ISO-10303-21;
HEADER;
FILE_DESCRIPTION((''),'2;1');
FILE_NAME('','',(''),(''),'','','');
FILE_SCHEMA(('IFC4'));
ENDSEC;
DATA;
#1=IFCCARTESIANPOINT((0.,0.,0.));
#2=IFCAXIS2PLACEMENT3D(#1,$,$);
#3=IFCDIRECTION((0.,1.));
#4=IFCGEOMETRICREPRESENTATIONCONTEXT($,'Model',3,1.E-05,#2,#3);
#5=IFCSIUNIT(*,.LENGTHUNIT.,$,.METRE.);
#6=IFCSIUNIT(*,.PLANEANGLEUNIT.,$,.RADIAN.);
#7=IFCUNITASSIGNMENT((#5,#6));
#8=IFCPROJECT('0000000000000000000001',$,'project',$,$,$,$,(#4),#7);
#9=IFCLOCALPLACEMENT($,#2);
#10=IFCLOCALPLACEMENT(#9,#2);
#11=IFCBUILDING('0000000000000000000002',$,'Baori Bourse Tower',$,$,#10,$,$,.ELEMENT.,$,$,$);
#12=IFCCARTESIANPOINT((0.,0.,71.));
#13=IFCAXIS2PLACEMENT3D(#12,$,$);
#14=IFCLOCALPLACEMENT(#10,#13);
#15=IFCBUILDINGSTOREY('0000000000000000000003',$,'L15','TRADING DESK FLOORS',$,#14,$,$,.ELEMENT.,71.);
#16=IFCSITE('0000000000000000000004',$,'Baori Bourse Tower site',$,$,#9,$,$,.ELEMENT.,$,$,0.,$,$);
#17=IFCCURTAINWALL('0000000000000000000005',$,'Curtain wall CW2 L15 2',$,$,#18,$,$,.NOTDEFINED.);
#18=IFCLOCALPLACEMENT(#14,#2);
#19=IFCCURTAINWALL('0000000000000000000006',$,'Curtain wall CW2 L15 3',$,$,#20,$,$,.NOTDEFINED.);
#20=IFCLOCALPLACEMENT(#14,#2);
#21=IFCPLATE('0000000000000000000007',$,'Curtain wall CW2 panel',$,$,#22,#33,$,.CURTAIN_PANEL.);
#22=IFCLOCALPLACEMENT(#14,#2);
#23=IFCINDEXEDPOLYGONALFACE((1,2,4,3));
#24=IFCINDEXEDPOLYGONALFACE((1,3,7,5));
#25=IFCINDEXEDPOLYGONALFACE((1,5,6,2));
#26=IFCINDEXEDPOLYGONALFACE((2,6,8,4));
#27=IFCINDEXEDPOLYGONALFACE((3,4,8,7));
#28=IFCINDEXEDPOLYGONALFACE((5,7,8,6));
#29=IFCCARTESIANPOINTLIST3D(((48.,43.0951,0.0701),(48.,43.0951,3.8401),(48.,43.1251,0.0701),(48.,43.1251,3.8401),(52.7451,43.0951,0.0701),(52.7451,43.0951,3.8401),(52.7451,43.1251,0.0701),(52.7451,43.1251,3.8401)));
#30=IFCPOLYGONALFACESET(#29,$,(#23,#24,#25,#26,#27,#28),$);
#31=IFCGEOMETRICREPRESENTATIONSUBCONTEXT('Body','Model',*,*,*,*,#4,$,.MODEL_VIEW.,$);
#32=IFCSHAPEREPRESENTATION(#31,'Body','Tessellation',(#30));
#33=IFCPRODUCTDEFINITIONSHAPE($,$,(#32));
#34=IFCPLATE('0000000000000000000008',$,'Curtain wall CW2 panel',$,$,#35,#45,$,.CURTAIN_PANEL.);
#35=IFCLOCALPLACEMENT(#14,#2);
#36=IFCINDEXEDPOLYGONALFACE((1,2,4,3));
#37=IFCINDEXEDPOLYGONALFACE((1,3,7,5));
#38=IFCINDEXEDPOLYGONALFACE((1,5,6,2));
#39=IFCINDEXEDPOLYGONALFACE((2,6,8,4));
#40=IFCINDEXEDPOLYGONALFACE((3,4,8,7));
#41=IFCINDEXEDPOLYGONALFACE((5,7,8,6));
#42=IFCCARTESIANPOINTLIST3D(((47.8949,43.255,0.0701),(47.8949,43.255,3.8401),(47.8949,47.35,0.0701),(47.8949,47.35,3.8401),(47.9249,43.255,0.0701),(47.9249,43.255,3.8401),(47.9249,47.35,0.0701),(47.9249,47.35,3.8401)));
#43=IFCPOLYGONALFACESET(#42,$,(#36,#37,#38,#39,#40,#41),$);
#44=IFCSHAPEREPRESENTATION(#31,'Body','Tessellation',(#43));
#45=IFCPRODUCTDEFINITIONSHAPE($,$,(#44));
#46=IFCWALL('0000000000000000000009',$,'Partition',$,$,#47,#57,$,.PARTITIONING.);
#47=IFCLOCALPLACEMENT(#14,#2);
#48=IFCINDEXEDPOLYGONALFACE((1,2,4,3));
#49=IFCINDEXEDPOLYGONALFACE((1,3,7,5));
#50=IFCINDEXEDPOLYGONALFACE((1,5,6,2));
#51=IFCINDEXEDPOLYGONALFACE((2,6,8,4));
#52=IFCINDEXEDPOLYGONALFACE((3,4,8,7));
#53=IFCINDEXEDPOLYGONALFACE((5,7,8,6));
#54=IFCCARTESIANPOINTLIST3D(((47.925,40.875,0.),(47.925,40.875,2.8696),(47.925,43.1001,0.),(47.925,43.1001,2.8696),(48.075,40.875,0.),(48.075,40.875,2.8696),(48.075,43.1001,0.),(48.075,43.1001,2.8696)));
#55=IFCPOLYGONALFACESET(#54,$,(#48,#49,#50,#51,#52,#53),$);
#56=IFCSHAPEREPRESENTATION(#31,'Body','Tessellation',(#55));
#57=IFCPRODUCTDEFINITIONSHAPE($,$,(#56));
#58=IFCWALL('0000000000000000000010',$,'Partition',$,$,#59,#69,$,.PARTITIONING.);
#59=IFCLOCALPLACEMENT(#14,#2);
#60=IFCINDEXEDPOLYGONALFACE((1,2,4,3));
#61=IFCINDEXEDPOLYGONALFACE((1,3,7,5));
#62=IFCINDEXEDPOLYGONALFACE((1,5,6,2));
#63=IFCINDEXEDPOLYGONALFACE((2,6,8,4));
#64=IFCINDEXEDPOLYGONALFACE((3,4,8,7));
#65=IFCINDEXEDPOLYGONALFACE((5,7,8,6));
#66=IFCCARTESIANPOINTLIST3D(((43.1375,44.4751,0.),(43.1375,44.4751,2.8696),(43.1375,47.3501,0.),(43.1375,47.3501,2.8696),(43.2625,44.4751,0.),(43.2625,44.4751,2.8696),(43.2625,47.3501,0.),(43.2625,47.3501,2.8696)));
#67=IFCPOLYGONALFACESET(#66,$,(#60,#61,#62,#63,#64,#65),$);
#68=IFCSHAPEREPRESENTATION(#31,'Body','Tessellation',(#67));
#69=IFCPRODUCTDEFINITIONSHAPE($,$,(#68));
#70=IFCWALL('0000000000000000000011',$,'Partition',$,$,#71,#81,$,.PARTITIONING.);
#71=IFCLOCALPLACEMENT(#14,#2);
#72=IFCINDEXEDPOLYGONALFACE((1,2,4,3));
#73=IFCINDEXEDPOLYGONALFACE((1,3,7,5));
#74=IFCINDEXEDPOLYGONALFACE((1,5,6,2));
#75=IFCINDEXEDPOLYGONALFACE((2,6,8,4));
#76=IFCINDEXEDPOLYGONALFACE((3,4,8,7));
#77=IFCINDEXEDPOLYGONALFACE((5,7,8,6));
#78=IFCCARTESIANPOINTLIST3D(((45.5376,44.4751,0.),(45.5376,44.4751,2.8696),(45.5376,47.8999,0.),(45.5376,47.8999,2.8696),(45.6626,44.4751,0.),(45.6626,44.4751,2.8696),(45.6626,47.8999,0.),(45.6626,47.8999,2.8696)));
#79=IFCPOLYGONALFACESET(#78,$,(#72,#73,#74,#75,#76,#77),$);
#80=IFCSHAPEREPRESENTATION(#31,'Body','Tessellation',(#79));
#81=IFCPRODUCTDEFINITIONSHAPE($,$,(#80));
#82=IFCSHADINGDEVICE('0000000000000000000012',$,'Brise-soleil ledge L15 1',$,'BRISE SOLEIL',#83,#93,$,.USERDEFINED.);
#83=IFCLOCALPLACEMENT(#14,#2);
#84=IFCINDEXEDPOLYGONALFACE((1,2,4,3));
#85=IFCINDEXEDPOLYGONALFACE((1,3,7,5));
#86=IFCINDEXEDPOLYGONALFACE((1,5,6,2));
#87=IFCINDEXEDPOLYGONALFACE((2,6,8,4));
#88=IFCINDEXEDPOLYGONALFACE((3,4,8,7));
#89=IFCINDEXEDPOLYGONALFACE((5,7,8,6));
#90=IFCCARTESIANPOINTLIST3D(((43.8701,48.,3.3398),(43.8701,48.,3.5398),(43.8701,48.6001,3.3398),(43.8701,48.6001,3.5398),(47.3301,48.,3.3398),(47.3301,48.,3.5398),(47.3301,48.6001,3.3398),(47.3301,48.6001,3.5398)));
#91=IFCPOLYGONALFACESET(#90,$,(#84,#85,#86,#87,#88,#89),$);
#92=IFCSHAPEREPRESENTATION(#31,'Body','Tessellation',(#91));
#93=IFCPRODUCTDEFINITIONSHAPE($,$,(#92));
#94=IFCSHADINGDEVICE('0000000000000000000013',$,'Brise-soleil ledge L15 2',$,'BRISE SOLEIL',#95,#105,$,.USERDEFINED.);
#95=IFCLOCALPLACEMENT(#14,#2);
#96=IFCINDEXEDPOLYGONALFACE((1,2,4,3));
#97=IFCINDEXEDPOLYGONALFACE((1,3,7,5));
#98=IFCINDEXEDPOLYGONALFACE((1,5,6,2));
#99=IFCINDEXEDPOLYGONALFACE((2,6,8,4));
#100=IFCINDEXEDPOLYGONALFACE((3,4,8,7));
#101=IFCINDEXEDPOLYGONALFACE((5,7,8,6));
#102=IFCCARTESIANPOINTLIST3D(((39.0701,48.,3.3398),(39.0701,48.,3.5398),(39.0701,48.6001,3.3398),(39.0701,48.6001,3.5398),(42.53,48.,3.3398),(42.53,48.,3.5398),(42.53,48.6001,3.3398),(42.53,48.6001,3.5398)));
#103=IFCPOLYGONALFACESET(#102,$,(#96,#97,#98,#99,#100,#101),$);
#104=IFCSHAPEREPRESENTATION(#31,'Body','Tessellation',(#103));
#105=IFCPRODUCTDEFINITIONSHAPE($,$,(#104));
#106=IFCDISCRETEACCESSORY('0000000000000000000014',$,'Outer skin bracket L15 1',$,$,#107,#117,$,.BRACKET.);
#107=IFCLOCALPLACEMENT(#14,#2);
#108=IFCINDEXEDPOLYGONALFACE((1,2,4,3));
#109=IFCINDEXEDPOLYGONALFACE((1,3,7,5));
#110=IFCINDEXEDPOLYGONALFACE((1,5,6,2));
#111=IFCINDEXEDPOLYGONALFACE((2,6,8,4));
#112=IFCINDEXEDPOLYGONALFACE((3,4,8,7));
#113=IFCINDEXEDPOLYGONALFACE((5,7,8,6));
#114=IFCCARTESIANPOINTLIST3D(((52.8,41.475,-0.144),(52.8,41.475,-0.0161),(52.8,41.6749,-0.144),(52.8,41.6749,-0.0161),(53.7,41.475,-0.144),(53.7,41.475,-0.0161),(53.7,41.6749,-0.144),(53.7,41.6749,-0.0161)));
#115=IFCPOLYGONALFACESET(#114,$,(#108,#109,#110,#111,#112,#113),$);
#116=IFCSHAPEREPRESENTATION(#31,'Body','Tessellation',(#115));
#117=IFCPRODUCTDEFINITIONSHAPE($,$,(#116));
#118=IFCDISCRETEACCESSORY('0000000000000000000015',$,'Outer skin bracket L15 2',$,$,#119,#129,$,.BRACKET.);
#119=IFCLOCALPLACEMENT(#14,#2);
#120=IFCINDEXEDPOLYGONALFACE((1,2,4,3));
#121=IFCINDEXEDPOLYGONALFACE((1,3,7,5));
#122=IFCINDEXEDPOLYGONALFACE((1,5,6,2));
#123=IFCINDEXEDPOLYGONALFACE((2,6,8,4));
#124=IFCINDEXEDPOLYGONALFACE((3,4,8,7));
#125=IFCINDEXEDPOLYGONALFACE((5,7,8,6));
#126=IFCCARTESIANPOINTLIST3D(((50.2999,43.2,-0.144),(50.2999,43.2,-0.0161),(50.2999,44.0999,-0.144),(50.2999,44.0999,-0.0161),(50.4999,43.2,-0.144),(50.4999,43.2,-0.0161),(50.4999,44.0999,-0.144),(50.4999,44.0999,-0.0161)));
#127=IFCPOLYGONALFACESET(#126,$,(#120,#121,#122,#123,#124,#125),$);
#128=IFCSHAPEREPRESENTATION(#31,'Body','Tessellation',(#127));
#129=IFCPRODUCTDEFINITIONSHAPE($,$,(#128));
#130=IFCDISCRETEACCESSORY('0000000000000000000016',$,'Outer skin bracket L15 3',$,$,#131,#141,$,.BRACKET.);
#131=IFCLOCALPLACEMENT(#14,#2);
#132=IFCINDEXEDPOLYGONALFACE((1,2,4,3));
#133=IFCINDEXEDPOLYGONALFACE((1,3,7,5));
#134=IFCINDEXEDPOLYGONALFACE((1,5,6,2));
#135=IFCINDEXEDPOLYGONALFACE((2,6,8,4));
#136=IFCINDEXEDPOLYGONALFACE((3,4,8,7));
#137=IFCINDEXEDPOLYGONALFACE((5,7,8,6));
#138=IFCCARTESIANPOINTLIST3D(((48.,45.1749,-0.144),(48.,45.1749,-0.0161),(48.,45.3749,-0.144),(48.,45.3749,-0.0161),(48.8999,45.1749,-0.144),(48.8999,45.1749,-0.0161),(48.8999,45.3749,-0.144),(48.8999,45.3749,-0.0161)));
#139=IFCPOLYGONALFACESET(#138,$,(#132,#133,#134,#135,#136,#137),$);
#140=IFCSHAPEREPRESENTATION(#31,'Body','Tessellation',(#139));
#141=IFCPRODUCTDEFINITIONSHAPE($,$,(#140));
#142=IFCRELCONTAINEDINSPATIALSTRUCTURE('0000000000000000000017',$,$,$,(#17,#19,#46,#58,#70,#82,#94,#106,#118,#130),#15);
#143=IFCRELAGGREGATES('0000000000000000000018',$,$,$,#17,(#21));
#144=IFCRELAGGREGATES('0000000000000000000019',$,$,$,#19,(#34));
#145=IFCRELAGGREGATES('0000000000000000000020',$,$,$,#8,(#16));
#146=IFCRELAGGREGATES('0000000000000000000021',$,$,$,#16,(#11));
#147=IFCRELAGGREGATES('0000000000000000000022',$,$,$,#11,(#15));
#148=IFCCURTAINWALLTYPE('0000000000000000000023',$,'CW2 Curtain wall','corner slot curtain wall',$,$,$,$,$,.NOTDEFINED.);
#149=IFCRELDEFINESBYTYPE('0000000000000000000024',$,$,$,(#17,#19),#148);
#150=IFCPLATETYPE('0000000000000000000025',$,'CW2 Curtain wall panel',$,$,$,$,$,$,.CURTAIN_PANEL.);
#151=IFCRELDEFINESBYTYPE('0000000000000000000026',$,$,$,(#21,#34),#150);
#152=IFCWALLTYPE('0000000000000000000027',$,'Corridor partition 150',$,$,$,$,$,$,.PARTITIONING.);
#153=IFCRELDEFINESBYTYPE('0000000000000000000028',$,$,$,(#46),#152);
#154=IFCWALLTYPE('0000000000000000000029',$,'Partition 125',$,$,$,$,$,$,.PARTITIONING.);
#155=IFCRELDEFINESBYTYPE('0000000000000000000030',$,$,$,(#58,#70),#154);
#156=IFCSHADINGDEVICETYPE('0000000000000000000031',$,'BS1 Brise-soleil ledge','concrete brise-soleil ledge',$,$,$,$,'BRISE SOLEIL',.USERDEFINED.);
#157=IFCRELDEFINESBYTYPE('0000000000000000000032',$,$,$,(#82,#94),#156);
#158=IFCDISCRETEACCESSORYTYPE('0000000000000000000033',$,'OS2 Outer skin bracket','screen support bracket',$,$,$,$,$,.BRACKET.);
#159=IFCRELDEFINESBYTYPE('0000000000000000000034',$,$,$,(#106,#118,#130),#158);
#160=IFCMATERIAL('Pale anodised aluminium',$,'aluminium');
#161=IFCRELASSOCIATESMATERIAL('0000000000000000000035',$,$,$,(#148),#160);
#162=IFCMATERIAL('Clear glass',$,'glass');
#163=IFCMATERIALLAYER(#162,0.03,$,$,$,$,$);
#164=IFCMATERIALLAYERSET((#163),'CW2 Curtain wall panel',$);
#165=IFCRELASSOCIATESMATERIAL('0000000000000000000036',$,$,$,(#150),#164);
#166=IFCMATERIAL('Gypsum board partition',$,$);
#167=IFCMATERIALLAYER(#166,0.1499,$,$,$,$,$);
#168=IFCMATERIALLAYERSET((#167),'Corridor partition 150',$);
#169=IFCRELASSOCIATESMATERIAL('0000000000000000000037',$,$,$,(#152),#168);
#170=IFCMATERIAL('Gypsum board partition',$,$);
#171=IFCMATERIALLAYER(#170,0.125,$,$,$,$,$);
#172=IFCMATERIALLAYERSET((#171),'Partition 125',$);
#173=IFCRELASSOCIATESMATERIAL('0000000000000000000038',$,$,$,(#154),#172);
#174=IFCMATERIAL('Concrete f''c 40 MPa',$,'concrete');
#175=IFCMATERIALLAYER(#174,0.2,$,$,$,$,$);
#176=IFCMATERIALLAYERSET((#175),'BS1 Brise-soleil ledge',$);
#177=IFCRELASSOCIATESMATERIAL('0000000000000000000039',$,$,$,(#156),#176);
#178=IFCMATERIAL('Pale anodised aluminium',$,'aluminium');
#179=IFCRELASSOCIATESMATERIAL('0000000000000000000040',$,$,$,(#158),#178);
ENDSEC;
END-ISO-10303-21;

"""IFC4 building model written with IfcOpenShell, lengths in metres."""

from ifc_helpers import new_model, si_unit, direction, frame, frame_2d, origin, origin_2d, place, context, subcontext, project, spatial, rectangle, extrude, material, layer, layer_set, type_object, element, aggregate, save


model = new_model("IFC4")

# Units and contexts
model_context = context("Model", 3, precision=1e-05, world=origin(), true_north=direction((0.0, 1.0)))
body_context = subcontext(model_context, "Body", "Model", "MODEL_VIEW")
ifc_project = project(units=[si_unit("LENGTHUNIT", "METRE"), si_unit("PLANEANGLEUNIT", "RADIAN")], contexts=[model_context])

# Site, building, storey
site_placement = place(None, origin())
site = spatial("IfcSite", under=ifc_project, at=site_placement, Name="Baori Bourse Tower site", CompositionType="ELEMENT", RefElevation=0.0)
building_placement = place(site_placement, origin())
building = spatial("IfcBuilding", under=site, at=building_placement, Name="Baori Bourse Tower", CompositionType="ELEMENT")
storey_placement = place(building_placement, frame((0.0, 0.0, 71.0)))
storey = spatial("IfcBuildingStorey", under=building, at=storey_placement, Name="L15", Description="TRADING DESK FLOORS", CompositionType="ELEMENT", Elevation=71.0)

# Curtain walls
ifc_material_1 = material(Name="Pale anodised aluminium", Category="aluminium")
curtain_wall_type_1 = type_object("IfcCurtainWallType", Name="CW2 Curtain wall", Description="corner slot curtain wall", PredefinedType="NOTDEFINED", material=ifc_material_1)
curtain_wall_1_placement = place(storey_placement, origin())
curtain_wall_1 = element("IfcCurtainWall", 1, at=curtain_wall_1_placement, inside=storey, type_object=curtain_wall_type_1, Name="Curtain wall CW2 L15 2", PredefinedType="NOTDEFINED")
curtain_wall_2_placement = place(storey_placement, origin())
curtain_wall_2 = element("IfcCurtainWall", 2, at=curtain_wall_2_placement, inside=storey, type_object=curtain_wall_type_1, Name="Curtain wall CW2 L15 3", PredefinedType="NOTDEFINED")

# Plates
ifc_material_2 = material(Name="Clear glass", Category="glass")
ifc_layer_1 = layer(ifc_material_2, 0.03)
ifc_layer_set_1 = layer_set([ifc_layer_1], Name="CW2 Curtain wall panel")
plate_type_1 = type_object("IfcPlateType", Name="CW2 Curtain wall panel", PredefinedType="CURTAIN_PANEL", material=ifc_layer_set_1)
plate_1_placement = place(storey_placement, frame((50.3726, 43.1101, 0.0701), z_axis=(0.0, 0.0, 1.0), x_axis=(-1.0, 0.0, 0.0)))
plate_1 = element("IfcPlate", 3, at=plate_1_placement, type_object=plate_type_1, Name="Curtain wall CW2 panel", PredefinedType="CURTAIN_PANEL", context=body_context, shape_type="SweptSolid", body=[
    extrude(rectangle(XDim=4.7451, YDim=0.03, at=origin_2d()), origin(), (0.0, 0.0, 1.0), 3.77),
])
aggregate(curtain_wall_1, [plate_1])
plate_2_placement = place(storey_placement, frame((47.9099, 45.3025, 0.0701), z_axis=(0.0, 0.0, 1.0), x_axis=(0.0, 1.0, 0.0)))
plate_2 = element("IfcPlate", 4, at=plate_2_placement, type_object=plate_type_1, Name="Curtain wall CW2 panel", PredefinedType="CURTAIN_PANEL", context=body_context, shape_type="SweptSolid", body=[
    extrude(rectangle(XDim=4.095, YDim=0.03, at=origin_2d()), origin(), (0.0, 0.0, 1.0), 3.77),
])
aggregate(curtain_wall_2, [plate_2])

# Walls
ifc_material_3 = material(Name="Gypsum board partition")
ifc_layer_2 = layer(ifc_material_3, 0.1499)
ifc_layer_set_2 = layer_set([ifc_layer_2], Name="Corridor partition 150")
wall_type_1 = type_object("IfcWallType", Name="Corridor partition 150", PredefinedType="PARTITIONING", material=ifc_layer_set_2)
wall_1_placement = place(storey_placement, frame((48.0, 40.875, 0.0), z_axis=(0.0, 0.0, 1.0), x_axis=(0.0, 1.0, 0.0)))
element("IfcWall", 5, at=wall_1_placement, inside=storey, type_object=wall_type_1, Name="Partition", PredefinedType="PARTITIONING", context=body_context, shape_type="SweptSolid", body=[
    extrude(rectangle(XDim=2.2251, YDim=0.1499, at=frame_2d((1.1125, 0.0))), origin(), (0.0, 0.0, 1.0), 2.8696),
])
ifc_material_4 = material(Name="Gypsum board partition")
ifc_layer_3 = layer(ifc_material_4, 0.125)
ifc_layer_set_3 = layer_set([ifc_layer_3], Name="Partition 125")
wall_type_2 = type_object("IfcWallType", Name="Partition 125", PredefinedType="PARTITIONING", material=ifc_layer_set_3)
wall_2_placement = place(storey_placement, frame((43.2, 44.4751, 0.0), z_axis=(0.0, 0.0, 1.0), x_axis=(0.0, 1.0, 0.0)))
element("IfcWall", 6, at=wall_2_placement, inside=storey, type_object=wall_type_2, Name="Partition", PredefinedType="PARTITIONING", context=body_context, shape_type="SweptSolid", body=[
    extrude(rectangle(XDim=2.875, YDim=0.125, at=frame_2d((1.4375, 0.0))), origin(), (0.0, 0.0, 1.0), 2.8696),
])
wall_3_placement = place(storey_placement, frame((45.6001, 44.4751, 0.0), z_axis=(0.0, 0.0, 1.0), x_axis=(0.0, 1.0, 0.0)))
element("IfcWall", 7, at=wall_3_placement, inside=storey, type_object=wall_type_2, Name="Partition", PredefinedType="PARTITIONING", context=body_context, shape_type="SweptSolid", body=[
    extrude(rectangle(XDim=3.4248, YDim=0.125, at=frame_2d((1.7124, 0.0))), origin(), (0.0, 0.0, 1.0), 2.8696),
])

# Shading devices
ifc_material_5 = material(Name="Concrete f'c 40 MPa", Category="concrete")
ifc_layer_4 = layer(ifc_material_5, 0.2)
ifc_layer_set_4 = layer_set([ifc_layer_4], Name="BS1 Brise-soleil ledge")
shading_device_type = type_object("IfcShadingDeviceType", Name="BS1 Brise-soleil ledge", Description="concrete brise-soleil ledge", ElementType="BRISE SOLEIL", PredefinedType="USERDEFINED", material=ifc_layer_set_4)
for number, where, z_axis, x_axis, name in (
    (8, (45.6001, 48.3, 3.3398), (0.0, 0.0, 1.0), (-1.0, 0.0, 0.0), "Brise-soleil ledge L15 1"),
    (9, (40.8, 48.3, 3.3398), (0.0, 0.0, 1.0), (-1.0, 0.0, 0.0), "Brise-soleil ledge L15 2"),
):
    element("IfcShadingDevice", number, at=place(storey_placement, frame(where, z_axis=z_axis, x_axis=x_axis)), inside=storey, type_object=shading_device_type, Name=name, ObjectType="BRISE SOLEIL", PredefinedType="USERDEFINED", context=body_context, shape_type="SweptSolid", body=[
        extrude(rectangle(XDim=3.46, YDim=0.6001, at=origin_2d()), origin(), (0.0, 0.0, 1.0), 0.2),
    ])

# Discrete accessories
ifc_material_6 = material(Name="Pale anodised aluminium", Category="aluminium")
discrete_accessory_type = type_object("IfcDiscreteAccessoryType", Name="OS2 Outer skin bracket", Description="screen support bracket", PredefinedType="BRACKET", material=ifc_material_6)
for number, where, z_axis, x_axis, name in (
    (10, (53.25, 41.575, -0.144), (0.0, 0.0, 1.0), (0.0, 1.0, 0.0), "Outer skin bracket L15 1"),
    (11, (50.3999, 43.6499, -0.144), (0.0, 0.0, 1.0), (-1.0, 0.0, 0.0), "Outer skin bracket L15 2"),
    (12, (48.45, 45.2749, -0.144), (0.0, 0.0, 1.0), (0.0, 1.0, 0.0), "Outer skin bracket L15 3"),
):
    element("IfcDiscreteAccessory", number, at=place(storey_placement, frame(where, z_axis=z_axis, x_axis=x_axis)), inside=storey, type_object=discrete_accessory_type, Name=name, PredefinedType="BRACKET", context=body_context, shape_type="SweptSolid", body=[
        extrude(rectangle(XDim=0.2, YDim=0.8999, at=origin_2d()), origin(), (0.0, 0.0, 1.0), 0.1279),
    ])

save(model, "model.ifc")
